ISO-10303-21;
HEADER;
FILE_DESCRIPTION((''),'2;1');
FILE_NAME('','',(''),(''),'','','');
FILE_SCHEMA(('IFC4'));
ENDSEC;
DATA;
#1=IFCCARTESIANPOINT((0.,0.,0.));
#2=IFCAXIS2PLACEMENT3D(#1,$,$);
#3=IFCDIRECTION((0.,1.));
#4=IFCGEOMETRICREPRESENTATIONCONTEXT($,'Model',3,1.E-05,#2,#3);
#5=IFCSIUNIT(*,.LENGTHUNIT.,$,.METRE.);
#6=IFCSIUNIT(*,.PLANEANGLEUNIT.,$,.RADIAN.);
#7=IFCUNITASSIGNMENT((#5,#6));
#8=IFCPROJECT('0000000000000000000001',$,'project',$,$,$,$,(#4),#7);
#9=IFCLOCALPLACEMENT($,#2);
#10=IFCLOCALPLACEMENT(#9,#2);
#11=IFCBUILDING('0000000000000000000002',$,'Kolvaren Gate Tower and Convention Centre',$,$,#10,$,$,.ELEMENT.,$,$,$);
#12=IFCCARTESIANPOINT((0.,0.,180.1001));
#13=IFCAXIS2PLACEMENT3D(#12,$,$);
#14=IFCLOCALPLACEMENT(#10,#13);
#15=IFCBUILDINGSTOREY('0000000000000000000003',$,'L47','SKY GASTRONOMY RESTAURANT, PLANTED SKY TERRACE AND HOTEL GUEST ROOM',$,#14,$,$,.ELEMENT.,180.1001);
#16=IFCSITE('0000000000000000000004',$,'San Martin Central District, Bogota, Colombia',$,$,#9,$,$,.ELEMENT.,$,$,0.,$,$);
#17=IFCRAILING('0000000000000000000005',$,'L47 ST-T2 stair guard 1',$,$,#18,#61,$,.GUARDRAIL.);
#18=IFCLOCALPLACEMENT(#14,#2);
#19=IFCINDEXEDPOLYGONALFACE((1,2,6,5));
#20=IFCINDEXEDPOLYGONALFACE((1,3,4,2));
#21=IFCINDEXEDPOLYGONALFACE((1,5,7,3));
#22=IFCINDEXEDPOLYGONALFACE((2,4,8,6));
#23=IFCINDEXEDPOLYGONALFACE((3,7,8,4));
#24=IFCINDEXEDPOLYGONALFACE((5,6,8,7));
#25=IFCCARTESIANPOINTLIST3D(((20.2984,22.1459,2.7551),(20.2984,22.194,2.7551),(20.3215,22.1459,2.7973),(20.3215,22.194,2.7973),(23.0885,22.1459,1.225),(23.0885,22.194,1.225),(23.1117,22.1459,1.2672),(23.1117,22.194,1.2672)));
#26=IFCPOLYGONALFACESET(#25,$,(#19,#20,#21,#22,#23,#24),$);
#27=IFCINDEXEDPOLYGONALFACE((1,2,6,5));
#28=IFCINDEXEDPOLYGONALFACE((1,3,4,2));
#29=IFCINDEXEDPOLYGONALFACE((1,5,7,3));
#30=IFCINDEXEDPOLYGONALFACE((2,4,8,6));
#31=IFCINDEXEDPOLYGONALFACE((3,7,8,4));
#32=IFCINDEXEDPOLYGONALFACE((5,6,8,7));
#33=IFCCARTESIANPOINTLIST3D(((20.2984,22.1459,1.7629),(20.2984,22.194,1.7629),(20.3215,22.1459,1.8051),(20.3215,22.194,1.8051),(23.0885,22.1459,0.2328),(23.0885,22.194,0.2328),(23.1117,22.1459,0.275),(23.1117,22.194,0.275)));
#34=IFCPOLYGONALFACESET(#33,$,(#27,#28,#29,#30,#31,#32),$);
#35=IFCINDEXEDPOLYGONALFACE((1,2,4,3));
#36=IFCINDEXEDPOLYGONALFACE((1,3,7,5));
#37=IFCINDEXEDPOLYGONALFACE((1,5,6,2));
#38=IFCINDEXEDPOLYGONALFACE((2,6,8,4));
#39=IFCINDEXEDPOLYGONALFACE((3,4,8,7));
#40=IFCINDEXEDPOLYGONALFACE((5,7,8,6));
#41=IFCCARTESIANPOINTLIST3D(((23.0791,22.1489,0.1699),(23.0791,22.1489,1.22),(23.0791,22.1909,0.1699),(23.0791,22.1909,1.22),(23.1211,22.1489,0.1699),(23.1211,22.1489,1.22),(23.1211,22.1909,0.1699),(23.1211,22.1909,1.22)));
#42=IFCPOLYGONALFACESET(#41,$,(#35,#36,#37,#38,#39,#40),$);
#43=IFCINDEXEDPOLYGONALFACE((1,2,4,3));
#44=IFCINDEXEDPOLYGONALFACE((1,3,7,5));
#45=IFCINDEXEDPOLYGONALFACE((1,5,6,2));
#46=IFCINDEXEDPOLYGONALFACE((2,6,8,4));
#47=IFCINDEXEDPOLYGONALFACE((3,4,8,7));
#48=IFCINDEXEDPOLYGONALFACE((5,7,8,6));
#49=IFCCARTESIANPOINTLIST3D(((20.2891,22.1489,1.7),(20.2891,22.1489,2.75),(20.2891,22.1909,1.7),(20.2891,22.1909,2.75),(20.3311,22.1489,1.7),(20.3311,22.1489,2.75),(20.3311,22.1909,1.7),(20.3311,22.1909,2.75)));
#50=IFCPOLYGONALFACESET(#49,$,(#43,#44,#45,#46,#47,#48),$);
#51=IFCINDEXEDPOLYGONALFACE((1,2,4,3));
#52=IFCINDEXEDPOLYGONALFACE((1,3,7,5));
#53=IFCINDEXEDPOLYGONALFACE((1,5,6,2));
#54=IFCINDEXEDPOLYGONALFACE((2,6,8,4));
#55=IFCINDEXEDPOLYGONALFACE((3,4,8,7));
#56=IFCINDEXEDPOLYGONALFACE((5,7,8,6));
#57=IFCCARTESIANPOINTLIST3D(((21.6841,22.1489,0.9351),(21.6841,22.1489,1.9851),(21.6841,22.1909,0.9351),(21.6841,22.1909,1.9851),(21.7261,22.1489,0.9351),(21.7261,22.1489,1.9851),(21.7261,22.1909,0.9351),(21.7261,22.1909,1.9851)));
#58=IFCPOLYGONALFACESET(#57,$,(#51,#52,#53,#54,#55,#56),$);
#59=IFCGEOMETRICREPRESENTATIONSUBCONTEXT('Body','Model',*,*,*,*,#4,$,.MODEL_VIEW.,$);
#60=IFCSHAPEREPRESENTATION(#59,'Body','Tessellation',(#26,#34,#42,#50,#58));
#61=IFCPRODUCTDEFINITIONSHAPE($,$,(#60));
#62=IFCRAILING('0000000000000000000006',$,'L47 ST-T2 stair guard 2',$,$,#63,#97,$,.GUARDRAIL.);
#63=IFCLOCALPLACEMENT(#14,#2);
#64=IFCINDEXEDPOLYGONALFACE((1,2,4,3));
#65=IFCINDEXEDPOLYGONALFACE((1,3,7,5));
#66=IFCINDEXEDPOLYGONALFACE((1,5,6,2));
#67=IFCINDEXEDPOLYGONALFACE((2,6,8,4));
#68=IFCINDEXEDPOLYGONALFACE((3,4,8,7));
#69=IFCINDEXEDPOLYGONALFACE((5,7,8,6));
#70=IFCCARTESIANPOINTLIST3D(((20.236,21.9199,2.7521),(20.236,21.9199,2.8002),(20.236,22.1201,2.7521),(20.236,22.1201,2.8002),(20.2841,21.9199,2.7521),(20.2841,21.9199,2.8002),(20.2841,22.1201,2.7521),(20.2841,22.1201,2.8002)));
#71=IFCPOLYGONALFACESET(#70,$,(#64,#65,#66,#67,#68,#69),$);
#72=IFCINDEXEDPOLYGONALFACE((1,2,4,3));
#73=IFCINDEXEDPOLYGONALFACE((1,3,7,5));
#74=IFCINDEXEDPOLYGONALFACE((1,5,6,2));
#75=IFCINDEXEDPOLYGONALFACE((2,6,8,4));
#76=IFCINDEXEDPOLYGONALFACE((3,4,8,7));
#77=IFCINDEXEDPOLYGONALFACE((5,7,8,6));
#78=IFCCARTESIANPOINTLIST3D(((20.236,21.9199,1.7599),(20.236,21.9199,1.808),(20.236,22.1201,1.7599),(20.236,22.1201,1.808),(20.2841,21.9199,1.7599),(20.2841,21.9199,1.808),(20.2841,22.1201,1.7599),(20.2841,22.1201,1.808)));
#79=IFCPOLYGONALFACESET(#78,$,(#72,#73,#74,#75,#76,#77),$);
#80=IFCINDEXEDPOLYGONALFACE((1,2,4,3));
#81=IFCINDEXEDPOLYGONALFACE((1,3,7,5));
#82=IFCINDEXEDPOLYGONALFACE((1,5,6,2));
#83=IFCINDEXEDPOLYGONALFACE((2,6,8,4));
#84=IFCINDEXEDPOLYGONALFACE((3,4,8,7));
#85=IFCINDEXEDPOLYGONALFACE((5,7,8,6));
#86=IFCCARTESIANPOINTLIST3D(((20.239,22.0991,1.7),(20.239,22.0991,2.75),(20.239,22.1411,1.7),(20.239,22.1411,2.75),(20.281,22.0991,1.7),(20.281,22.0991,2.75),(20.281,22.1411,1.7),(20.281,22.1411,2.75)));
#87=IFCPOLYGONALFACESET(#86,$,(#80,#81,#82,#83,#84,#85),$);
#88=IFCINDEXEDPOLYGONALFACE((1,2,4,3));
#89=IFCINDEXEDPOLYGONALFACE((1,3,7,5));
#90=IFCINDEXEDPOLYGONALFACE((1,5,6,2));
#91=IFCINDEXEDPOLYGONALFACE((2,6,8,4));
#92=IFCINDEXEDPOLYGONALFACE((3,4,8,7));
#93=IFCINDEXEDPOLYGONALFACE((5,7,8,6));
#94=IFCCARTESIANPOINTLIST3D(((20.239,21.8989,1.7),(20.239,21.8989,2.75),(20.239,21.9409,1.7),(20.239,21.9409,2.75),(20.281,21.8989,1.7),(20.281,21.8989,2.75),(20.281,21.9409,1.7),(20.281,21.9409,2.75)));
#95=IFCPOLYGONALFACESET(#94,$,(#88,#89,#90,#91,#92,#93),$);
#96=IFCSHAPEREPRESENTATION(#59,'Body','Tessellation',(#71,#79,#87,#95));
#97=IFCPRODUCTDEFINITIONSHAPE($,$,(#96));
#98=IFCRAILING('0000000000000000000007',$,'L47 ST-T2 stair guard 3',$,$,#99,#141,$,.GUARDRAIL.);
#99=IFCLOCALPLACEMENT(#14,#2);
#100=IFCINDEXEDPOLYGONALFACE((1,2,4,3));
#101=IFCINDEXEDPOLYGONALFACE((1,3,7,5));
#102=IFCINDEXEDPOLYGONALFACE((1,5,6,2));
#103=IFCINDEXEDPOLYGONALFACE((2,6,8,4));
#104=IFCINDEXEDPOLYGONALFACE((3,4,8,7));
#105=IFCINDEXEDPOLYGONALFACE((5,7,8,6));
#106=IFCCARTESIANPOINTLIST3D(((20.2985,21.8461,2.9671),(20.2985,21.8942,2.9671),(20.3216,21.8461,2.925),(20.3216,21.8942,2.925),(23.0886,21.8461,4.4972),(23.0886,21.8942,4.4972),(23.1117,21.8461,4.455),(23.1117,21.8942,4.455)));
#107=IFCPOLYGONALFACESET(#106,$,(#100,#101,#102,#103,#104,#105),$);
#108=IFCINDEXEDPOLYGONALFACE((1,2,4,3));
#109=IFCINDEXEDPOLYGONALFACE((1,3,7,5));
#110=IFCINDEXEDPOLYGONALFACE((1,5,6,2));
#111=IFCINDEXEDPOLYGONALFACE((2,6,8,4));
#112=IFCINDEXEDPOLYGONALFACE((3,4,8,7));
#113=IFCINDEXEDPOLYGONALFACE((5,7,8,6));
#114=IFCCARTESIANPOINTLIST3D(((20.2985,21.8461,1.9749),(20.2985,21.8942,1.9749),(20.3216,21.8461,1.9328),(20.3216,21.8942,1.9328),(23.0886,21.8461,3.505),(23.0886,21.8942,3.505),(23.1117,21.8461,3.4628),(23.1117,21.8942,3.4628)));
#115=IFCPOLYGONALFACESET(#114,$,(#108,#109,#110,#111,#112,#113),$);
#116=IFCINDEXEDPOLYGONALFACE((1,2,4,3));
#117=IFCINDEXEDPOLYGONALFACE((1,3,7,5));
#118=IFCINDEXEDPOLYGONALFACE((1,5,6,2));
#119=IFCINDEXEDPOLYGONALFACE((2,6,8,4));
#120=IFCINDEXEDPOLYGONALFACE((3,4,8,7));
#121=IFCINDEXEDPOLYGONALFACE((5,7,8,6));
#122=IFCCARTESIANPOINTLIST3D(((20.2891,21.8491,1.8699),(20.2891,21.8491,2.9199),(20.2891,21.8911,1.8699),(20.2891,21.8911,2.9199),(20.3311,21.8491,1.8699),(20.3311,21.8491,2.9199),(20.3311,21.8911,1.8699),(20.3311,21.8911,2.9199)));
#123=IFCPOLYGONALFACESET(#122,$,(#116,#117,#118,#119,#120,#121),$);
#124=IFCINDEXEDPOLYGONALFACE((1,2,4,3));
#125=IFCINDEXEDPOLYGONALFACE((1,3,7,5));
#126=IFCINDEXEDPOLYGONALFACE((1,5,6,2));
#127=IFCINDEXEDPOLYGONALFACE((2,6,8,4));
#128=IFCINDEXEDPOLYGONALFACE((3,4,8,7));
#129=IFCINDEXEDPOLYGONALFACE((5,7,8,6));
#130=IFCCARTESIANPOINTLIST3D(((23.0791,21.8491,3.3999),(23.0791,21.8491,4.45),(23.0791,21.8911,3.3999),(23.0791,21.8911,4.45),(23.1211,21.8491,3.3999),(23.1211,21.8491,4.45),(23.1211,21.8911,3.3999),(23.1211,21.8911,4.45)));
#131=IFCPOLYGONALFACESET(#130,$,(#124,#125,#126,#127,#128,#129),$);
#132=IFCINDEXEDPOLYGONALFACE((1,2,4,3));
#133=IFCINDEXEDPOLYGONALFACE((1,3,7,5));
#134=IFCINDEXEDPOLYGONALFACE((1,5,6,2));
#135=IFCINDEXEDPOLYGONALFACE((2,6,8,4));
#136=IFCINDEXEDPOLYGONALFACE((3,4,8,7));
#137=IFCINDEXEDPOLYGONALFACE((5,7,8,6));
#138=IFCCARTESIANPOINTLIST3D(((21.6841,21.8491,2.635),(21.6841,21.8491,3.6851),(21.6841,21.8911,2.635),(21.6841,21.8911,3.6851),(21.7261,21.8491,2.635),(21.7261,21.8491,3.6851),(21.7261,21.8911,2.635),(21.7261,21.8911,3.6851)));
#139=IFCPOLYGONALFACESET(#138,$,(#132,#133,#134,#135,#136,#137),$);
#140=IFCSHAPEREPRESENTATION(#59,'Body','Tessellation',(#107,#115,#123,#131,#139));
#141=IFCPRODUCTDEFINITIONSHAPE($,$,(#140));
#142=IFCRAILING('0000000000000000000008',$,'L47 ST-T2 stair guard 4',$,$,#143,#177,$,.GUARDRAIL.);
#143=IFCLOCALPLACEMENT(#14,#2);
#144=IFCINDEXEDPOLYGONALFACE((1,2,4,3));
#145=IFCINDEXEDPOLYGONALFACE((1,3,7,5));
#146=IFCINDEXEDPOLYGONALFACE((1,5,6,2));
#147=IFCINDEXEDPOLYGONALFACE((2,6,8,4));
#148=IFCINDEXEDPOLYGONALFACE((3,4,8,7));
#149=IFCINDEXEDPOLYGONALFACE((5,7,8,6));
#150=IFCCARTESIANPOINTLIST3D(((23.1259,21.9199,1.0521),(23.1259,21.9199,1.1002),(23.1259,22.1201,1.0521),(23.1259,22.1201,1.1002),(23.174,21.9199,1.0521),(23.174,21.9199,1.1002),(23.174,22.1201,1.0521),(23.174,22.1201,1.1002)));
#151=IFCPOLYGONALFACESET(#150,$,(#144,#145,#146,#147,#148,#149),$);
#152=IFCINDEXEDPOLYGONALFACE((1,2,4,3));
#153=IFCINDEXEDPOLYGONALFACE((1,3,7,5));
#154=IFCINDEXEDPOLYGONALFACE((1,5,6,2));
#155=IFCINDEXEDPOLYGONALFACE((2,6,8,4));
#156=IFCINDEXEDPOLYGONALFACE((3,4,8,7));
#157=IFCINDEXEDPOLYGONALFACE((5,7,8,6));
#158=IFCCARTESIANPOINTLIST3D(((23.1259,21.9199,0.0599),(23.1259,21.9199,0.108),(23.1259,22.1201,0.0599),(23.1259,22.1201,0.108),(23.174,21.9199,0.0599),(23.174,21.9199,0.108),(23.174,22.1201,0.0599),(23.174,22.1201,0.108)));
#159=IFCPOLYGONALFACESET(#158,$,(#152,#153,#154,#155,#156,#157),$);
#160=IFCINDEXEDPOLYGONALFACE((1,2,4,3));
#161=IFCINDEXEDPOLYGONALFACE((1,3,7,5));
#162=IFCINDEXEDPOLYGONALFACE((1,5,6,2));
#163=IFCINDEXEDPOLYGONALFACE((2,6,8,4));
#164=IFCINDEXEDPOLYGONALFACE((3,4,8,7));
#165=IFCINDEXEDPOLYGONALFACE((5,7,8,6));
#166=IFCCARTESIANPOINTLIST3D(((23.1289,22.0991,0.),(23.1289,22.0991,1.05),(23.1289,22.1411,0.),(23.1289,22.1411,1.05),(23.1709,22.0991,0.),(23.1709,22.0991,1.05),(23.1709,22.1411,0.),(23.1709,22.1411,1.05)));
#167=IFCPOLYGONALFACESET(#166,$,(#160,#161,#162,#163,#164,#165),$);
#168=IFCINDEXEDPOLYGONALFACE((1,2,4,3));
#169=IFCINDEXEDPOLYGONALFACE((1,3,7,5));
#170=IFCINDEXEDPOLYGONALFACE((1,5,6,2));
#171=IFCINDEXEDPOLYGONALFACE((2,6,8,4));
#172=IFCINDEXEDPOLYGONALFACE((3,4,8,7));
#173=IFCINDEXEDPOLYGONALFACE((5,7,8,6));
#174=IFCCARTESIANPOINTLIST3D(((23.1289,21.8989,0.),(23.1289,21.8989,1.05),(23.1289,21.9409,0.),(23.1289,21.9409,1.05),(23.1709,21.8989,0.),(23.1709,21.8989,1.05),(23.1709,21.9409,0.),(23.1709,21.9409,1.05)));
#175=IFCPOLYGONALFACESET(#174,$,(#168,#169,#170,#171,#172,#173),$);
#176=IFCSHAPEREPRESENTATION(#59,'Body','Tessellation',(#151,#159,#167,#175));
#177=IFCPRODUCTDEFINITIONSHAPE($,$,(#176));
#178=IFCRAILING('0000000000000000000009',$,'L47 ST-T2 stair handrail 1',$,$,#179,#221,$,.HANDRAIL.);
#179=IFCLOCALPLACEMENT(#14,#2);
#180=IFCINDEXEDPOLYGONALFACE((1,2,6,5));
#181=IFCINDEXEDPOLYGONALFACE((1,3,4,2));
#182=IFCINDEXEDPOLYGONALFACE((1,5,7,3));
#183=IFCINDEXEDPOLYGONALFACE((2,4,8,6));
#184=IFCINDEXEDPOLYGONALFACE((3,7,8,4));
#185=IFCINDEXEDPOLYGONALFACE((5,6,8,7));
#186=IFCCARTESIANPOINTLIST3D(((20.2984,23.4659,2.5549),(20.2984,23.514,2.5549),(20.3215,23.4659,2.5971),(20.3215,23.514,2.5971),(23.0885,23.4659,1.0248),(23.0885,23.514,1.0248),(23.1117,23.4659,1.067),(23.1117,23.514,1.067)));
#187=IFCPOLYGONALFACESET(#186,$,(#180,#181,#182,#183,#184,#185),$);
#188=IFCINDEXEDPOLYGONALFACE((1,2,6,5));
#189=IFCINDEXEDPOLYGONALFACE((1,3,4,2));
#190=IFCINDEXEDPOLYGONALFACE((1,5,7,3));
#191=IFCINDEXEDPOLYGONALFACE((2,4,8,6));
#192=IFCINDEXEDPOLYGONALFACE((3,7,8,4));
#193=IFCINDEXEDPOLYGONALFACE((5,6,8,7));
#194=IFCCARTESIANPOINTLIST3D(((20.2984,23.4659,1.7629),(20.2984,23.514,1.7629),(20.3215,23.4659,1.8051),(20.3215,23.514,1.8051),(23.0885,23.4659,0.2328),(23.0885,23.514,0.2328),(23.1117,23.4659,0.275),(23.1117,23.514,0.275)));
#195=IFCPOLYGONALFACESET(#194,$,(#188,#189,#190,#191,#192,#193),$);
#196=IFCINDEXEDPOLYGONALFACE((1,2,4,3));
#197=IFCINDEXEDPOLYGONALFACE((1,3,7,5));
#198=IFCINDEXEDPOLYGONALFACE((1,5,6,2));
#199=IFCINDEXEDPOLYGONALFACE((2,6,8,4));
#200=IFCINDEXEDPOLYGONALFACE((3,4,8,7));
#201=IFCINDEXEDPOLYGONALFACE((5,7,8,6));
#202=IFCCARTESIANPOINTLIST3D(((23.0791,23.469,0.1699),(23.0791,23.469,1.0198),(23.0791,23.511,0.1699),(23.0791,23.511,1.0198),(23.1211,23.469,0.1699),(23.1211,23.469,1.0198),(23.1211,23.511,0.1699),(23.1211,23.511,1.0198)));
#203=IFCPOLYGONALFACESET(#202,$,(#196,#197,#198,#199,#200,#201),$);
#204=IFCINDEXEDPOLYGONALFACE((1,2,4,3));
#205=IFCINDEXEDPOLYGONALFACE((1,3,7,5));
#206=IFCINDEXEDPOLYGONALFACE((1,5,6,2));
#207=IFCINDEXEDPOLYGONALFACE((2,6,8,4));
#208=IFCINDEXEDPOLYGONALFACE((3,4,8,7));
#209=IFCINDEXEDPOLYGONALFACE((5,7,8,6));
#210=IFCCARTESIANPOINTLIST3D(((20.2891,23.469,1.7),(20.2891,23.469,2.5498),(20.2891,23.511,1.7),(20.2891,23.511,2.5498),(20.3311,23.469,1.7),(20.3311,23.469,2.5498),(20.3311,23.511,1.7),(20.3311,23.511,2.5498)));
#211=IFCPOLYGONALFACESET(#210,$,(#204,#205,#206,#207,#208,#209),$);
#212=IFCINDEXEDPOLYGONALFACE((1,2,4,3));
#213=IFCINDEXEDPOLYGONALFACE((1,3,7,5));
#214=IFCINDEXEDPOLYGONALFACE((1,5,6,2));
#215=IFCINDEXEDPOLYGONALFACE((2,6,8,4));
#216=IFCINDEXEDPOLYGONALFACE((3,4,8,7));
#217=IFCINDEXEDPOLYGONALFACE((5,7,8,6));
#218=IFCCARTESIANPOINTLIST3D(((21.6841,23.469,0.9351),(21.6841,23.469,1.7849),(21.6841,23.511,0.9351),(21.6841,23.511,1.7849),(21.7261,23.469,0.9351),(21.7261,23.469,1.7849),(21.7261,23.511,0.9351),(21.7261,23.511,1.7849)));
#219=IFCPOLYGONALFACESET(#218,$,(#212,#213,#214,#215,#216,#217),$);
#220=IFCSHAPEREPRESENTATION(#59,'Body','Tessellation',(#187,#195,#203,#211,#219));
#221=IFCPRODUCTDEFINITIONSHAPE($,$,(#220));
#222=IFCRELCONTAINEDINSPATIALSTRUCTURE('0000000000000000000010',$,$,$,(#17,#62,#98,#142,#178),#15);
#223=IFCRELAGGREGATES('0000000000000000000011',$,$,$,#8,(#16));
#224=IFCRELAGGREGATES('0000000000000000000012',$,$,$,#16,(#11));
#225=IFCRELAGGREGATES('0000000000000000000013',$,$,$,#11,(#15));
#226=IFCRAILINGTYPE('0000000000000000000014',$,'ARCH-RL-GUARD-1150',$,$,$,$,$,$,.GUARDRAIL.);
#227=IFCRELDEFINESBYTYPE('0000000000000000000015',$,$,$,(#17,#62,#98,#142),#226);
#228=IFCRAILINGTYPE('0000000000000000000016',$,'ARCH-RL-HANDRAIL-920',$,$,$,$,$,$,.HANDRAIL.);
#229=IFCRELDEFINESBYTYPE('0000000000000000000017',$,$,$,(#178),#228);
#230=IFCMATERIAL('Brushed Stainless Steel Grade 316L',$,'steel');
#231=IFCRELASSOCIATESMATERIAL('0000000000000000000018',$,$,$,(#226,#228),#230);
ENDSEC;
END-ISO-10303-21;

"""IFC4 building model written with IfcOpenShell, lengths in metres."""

from ifc_helpers import new_model, si_unit, direction, frame, origin, origin_2d, place, context, subcontext, project, spatial, rectangle, extrude, material, type_object, element, save


model = new_model("IFC4")

# Units and contexts
model_context = context("Model", 3, precision=1e-05, world=origin(), true_north=direction((0.0, 1.0)))
body_context = subcontext(model_context, "Body", "Model", "MODEL_VIEW")
ifc_project = project(units=[si_unit("LENGTHUNIT", "METRE"), si_unit("PLANEANGLEUNIT", "RADIAN")], contexts=[model_context])

# Site, building, storey
site_placement = place(None, origin())
site = spatial("IfcSite", under=ifc_project, at=site_placement, Name="San Martin Central District, Bogota, Colombia", CompositionType="ELEMENT", RefElevation=0.0)
building_placement = place(site_placement, origin())
building = spatial("IfcBuilding", under=site, at=building_placement, Name="Kolvaren Gate Tower and Convention Centre", CompositionType="ELEMENT")
storey_placement = place(building_placement, frame((0.0, 0.0, 180.1001)))
storey = spatial("IfcBuildingStorey", under=building, at=storey_placement, Name="L47", Description="SKY GASTRONOMY RESTAURANT, PLANTED SKY TERRACE AND HOTEL GUEST ROOM", CompositionType="ELEMENT", Elevation=180.1001)

# Shared definitions
ifc_material_1 = material(Name="Brushed Stainless Steel Grade 316L", Category="steel")

# Railings
railing_type_1 = type_object("IfcRailingType", Name="ARCH-RL-GUARD-1150", PredefinedType="GUARDRAIL", material=ifc_material_1)
railing_1_placement = place(storey_placement, frame((23.1001, 22.1699, 0.1699)))
element("IfcRailing", 1, at=railing_1_placement, inside=storey, type_object=railing_type_1, Name="L47 ST-T2 stair guard 1", PredefinedType="GUARDRAIL", context=body_context, shape_type="SweptSolid", body=[
    extrude(rectangle(XDim=0.0481, YDim=0.0481, at=origin_2d()), frame((0.0, 0.0, 1.0762), z_axis=(-0.876811, 0.0, 0.480835), x_axis=(0.0, -1.0, 0.0)), (0.0, 0.0, 1.0), 3.1821),
    extrude(rectangle(XDim=0.0481, YDim=0.0481, at=origin_2d()), frame((0.0, 0.0, 0.084), z_axis=(-0.876811, 0.0, 0.480835), x_axis=(0.0, -1.0, 0.0)), (0.0, 0.0, 1.0), 3.1821),
    extrude(rectangle(XDim=0.042, YDim=0.042, at=origin_2d()), origin(), (0.0, 0.0, 1.0), 1.05),
    extrude(rectangle(XDim=0.042, YDim=0.042, at=origin_2d()), frame((-2.79, 0.0, 1.53)), (0.0, 0.0, 1.0), 1.05),
    extrude(rectangle(XDim=0.042, YDim=0.042, at=origin_2d()), frame((-1.395, 0.0, 0.7651)), (0.0, 0.0, 1.0), 1.05),
])
railing_2_placement = place(storey_placement, frame((20.26, 22.1201, 1.7)))
element("IfcRailing", 2, at=railing_2_placement, inside=storey, type_object=railing_type_1, Name="L47 ST-T2 stair guard 2", PredefinedType="GUARDRAIL", context=body_context, shape_type="SweptSolid", body=[
    extrude(rectangle(XDim=0.0481, YDim=0.0481, at=origin_2d()), frame((0.0, 0.0, 1.0762), z_axis=(0.0, -1.0, 0.0), x_axis=(1.0, 0.0, 0.0)), (0.0, 0.0, 1.0), 0.2002),
    extrude(rectangle(XDim=0.0481, YDim=0.0481, at=origin_2d()), frame((0.0, 0.0, 0.084), z_axis=(0.0, -1.0, 0.0), x_axis=(1.0, 0.0, 0.0)), (0.0, 0.0, 1.0), 0.2002),
    extrude(rectangle(XDim=0.042, YDim=0.042, at=origin_2d()), origin(), (0.0, 0.0, 1.0), 1.05),
    extrude(rectangle(XDim=0.042, YDim=0.042, at=origin_2d()), frame((0.0, -0.2002, 0.0)), (0.0, 0.0, 1.0), 1.05),
])
railing_3_placement = place(storey_placement, frame((20.3101, 21.8701, 1.8699)))
element("IfcRailing", 3, at=railing_3_placement, inside=storey, type_object=railing_type_1, Name="L47 ST-T2 stair guard 3", PredefinedType="GUARDRAIL", context=body_context, shape_type="SweptSolid", body=[
    extrude(rectangle(XDim=0.0481, YDim=0.0481, at=origin_2d()), frame((0.0, 0.0, 1.0762), z_axis=(0.876811, 0.0, 0.480835), x_axis=(0.0, 1.0, 0.0)), (0.0, 0.0, 1.0), 3.1821),
    extrude(rectangle(XDim=0.0481, YDim=0.0481, at=origin_2d()), frame((0.0, 0.0, 0.084), z_axis=(0.876811, 0.0, 0.480835), x_axis=(0.0, 1.0, 0.0)), (0.0, 0.0, 1.0), 3.1821),
    extrude(rectangle(XDim=0.042, YDim=0.042, at=origin_2d()), origin(), (0.0, 0.0, 1.0), 1.05),
    extrude(rectangle(XDim=0.042, YDim=0.042, at=origin_2d()), frame((2.79, 0.0, 1.53)), (0.0, 0.0, 1.0), 1.05),
    extrude(rectangle(XDim=0.042, YDim=0.042, at=origin_2d()), frame((1.395, 0.0, 0.7651)), (0.0, 0.0, 1.0), 1.05),
])
railing_4_placement = place(storey_placement, frame((23.1499, 22.1201, 0.0)))
element("IfcRailing", 4, at=railing_4_placement, inside=storey, type_object=railing_type_1, Name="L47 ST-T2 stair guard 4", PredefinedType="GUARDRAIL", context=body_context, shape_type="SweptSolid", body=[
    extrude(rectangle(XDim=0.0481, YDim=0.0481, at=origin_2d()), frame((0.0, 0.0, 1.0762), z_axis=(0.0, -1.0, 0.0), x_axis=(1.0, 0.0, 0.0)), (0.0, 0.0, 1.0), 0.2002),
    extrude(rectangle(XDim=0.0481, YDim=0.0481, at=origin_2d()), frame((0.0, 0.0, 0.084), z_axis=(0.0, -1.0, 0.0), x_axis=(1.0, 0.0, 0.0)), (0.0, 0.0, 1.0), 0.2002),
    extrude(rectangle(XDim=0.042, YDim=0.042, at=origin_2d()), origin(), (0.0, 0.0, 1.0), 1.05),
    extrude(rectangle(XDim=0.042, YDim=0.042, at=origin_2d()), frame((0.0, -0.2002, 0.0)), (0.0, 0.0, 1.0), 1.05),
])
railing_type_2 = type_object("IfcRailingType", Name="ARCH-RL-HANDRAIL-920", PredefinedType="HANDRAIL", material=ifc_material_1)
railing_5_placement = place(storey_placement, frame((23.1001, 23.49, 0.1699)))
element("IfcRailing", 5, at=railing_5_placement, inside=storey, type_object=railing_type_2, Name="L47 ST-T2 stair handrail 1", PredefinedType="HANDRAIL", context=body_context, shape_type="SweptSolid", body=[
    extrude(rectangle(XDim=0.0481, YDim=0.0481, at=origin_2d()), frame((0.0, 0.0, 0.876), z_axis=(-0.876811, 0.0, 0.480835), x_axis=(0.0, -1.0, 0.0)), (0.0, 0.0, 1.0), 3.1821),
    extrude(rectangle(XDim=0.0481, YDim=0.0481, at=origin_2d()), frame((0.0, 0.0, 0.084), z_axis=(-0.876811, 0.0, 0.480835), x_axis=(0.0, -1.0, 0.0)), (0.0, 0.0, 1.0), 3.1821),
    extrude(rectangle(XDim=0.042, YDim=0.042, at=origin_2d()), origin(), (0.0, 0.0, 1.0), 0.8499),
    extrude(rectangle(XDim=0.042, YDim=0.042, at=origin_2d()), frame((-2.79, 0.0, 1.53)), (0.0, 0.0, 1.0), 0.8499),
    extrude(rectangle(XDim=0.042, YDim=0.042, at=origin_2d()), frame((-1.395, 0.0, 0.7651)), (0.0, 0.0, 1.0), 0.8499),
])

save(model, "model.ifc")
